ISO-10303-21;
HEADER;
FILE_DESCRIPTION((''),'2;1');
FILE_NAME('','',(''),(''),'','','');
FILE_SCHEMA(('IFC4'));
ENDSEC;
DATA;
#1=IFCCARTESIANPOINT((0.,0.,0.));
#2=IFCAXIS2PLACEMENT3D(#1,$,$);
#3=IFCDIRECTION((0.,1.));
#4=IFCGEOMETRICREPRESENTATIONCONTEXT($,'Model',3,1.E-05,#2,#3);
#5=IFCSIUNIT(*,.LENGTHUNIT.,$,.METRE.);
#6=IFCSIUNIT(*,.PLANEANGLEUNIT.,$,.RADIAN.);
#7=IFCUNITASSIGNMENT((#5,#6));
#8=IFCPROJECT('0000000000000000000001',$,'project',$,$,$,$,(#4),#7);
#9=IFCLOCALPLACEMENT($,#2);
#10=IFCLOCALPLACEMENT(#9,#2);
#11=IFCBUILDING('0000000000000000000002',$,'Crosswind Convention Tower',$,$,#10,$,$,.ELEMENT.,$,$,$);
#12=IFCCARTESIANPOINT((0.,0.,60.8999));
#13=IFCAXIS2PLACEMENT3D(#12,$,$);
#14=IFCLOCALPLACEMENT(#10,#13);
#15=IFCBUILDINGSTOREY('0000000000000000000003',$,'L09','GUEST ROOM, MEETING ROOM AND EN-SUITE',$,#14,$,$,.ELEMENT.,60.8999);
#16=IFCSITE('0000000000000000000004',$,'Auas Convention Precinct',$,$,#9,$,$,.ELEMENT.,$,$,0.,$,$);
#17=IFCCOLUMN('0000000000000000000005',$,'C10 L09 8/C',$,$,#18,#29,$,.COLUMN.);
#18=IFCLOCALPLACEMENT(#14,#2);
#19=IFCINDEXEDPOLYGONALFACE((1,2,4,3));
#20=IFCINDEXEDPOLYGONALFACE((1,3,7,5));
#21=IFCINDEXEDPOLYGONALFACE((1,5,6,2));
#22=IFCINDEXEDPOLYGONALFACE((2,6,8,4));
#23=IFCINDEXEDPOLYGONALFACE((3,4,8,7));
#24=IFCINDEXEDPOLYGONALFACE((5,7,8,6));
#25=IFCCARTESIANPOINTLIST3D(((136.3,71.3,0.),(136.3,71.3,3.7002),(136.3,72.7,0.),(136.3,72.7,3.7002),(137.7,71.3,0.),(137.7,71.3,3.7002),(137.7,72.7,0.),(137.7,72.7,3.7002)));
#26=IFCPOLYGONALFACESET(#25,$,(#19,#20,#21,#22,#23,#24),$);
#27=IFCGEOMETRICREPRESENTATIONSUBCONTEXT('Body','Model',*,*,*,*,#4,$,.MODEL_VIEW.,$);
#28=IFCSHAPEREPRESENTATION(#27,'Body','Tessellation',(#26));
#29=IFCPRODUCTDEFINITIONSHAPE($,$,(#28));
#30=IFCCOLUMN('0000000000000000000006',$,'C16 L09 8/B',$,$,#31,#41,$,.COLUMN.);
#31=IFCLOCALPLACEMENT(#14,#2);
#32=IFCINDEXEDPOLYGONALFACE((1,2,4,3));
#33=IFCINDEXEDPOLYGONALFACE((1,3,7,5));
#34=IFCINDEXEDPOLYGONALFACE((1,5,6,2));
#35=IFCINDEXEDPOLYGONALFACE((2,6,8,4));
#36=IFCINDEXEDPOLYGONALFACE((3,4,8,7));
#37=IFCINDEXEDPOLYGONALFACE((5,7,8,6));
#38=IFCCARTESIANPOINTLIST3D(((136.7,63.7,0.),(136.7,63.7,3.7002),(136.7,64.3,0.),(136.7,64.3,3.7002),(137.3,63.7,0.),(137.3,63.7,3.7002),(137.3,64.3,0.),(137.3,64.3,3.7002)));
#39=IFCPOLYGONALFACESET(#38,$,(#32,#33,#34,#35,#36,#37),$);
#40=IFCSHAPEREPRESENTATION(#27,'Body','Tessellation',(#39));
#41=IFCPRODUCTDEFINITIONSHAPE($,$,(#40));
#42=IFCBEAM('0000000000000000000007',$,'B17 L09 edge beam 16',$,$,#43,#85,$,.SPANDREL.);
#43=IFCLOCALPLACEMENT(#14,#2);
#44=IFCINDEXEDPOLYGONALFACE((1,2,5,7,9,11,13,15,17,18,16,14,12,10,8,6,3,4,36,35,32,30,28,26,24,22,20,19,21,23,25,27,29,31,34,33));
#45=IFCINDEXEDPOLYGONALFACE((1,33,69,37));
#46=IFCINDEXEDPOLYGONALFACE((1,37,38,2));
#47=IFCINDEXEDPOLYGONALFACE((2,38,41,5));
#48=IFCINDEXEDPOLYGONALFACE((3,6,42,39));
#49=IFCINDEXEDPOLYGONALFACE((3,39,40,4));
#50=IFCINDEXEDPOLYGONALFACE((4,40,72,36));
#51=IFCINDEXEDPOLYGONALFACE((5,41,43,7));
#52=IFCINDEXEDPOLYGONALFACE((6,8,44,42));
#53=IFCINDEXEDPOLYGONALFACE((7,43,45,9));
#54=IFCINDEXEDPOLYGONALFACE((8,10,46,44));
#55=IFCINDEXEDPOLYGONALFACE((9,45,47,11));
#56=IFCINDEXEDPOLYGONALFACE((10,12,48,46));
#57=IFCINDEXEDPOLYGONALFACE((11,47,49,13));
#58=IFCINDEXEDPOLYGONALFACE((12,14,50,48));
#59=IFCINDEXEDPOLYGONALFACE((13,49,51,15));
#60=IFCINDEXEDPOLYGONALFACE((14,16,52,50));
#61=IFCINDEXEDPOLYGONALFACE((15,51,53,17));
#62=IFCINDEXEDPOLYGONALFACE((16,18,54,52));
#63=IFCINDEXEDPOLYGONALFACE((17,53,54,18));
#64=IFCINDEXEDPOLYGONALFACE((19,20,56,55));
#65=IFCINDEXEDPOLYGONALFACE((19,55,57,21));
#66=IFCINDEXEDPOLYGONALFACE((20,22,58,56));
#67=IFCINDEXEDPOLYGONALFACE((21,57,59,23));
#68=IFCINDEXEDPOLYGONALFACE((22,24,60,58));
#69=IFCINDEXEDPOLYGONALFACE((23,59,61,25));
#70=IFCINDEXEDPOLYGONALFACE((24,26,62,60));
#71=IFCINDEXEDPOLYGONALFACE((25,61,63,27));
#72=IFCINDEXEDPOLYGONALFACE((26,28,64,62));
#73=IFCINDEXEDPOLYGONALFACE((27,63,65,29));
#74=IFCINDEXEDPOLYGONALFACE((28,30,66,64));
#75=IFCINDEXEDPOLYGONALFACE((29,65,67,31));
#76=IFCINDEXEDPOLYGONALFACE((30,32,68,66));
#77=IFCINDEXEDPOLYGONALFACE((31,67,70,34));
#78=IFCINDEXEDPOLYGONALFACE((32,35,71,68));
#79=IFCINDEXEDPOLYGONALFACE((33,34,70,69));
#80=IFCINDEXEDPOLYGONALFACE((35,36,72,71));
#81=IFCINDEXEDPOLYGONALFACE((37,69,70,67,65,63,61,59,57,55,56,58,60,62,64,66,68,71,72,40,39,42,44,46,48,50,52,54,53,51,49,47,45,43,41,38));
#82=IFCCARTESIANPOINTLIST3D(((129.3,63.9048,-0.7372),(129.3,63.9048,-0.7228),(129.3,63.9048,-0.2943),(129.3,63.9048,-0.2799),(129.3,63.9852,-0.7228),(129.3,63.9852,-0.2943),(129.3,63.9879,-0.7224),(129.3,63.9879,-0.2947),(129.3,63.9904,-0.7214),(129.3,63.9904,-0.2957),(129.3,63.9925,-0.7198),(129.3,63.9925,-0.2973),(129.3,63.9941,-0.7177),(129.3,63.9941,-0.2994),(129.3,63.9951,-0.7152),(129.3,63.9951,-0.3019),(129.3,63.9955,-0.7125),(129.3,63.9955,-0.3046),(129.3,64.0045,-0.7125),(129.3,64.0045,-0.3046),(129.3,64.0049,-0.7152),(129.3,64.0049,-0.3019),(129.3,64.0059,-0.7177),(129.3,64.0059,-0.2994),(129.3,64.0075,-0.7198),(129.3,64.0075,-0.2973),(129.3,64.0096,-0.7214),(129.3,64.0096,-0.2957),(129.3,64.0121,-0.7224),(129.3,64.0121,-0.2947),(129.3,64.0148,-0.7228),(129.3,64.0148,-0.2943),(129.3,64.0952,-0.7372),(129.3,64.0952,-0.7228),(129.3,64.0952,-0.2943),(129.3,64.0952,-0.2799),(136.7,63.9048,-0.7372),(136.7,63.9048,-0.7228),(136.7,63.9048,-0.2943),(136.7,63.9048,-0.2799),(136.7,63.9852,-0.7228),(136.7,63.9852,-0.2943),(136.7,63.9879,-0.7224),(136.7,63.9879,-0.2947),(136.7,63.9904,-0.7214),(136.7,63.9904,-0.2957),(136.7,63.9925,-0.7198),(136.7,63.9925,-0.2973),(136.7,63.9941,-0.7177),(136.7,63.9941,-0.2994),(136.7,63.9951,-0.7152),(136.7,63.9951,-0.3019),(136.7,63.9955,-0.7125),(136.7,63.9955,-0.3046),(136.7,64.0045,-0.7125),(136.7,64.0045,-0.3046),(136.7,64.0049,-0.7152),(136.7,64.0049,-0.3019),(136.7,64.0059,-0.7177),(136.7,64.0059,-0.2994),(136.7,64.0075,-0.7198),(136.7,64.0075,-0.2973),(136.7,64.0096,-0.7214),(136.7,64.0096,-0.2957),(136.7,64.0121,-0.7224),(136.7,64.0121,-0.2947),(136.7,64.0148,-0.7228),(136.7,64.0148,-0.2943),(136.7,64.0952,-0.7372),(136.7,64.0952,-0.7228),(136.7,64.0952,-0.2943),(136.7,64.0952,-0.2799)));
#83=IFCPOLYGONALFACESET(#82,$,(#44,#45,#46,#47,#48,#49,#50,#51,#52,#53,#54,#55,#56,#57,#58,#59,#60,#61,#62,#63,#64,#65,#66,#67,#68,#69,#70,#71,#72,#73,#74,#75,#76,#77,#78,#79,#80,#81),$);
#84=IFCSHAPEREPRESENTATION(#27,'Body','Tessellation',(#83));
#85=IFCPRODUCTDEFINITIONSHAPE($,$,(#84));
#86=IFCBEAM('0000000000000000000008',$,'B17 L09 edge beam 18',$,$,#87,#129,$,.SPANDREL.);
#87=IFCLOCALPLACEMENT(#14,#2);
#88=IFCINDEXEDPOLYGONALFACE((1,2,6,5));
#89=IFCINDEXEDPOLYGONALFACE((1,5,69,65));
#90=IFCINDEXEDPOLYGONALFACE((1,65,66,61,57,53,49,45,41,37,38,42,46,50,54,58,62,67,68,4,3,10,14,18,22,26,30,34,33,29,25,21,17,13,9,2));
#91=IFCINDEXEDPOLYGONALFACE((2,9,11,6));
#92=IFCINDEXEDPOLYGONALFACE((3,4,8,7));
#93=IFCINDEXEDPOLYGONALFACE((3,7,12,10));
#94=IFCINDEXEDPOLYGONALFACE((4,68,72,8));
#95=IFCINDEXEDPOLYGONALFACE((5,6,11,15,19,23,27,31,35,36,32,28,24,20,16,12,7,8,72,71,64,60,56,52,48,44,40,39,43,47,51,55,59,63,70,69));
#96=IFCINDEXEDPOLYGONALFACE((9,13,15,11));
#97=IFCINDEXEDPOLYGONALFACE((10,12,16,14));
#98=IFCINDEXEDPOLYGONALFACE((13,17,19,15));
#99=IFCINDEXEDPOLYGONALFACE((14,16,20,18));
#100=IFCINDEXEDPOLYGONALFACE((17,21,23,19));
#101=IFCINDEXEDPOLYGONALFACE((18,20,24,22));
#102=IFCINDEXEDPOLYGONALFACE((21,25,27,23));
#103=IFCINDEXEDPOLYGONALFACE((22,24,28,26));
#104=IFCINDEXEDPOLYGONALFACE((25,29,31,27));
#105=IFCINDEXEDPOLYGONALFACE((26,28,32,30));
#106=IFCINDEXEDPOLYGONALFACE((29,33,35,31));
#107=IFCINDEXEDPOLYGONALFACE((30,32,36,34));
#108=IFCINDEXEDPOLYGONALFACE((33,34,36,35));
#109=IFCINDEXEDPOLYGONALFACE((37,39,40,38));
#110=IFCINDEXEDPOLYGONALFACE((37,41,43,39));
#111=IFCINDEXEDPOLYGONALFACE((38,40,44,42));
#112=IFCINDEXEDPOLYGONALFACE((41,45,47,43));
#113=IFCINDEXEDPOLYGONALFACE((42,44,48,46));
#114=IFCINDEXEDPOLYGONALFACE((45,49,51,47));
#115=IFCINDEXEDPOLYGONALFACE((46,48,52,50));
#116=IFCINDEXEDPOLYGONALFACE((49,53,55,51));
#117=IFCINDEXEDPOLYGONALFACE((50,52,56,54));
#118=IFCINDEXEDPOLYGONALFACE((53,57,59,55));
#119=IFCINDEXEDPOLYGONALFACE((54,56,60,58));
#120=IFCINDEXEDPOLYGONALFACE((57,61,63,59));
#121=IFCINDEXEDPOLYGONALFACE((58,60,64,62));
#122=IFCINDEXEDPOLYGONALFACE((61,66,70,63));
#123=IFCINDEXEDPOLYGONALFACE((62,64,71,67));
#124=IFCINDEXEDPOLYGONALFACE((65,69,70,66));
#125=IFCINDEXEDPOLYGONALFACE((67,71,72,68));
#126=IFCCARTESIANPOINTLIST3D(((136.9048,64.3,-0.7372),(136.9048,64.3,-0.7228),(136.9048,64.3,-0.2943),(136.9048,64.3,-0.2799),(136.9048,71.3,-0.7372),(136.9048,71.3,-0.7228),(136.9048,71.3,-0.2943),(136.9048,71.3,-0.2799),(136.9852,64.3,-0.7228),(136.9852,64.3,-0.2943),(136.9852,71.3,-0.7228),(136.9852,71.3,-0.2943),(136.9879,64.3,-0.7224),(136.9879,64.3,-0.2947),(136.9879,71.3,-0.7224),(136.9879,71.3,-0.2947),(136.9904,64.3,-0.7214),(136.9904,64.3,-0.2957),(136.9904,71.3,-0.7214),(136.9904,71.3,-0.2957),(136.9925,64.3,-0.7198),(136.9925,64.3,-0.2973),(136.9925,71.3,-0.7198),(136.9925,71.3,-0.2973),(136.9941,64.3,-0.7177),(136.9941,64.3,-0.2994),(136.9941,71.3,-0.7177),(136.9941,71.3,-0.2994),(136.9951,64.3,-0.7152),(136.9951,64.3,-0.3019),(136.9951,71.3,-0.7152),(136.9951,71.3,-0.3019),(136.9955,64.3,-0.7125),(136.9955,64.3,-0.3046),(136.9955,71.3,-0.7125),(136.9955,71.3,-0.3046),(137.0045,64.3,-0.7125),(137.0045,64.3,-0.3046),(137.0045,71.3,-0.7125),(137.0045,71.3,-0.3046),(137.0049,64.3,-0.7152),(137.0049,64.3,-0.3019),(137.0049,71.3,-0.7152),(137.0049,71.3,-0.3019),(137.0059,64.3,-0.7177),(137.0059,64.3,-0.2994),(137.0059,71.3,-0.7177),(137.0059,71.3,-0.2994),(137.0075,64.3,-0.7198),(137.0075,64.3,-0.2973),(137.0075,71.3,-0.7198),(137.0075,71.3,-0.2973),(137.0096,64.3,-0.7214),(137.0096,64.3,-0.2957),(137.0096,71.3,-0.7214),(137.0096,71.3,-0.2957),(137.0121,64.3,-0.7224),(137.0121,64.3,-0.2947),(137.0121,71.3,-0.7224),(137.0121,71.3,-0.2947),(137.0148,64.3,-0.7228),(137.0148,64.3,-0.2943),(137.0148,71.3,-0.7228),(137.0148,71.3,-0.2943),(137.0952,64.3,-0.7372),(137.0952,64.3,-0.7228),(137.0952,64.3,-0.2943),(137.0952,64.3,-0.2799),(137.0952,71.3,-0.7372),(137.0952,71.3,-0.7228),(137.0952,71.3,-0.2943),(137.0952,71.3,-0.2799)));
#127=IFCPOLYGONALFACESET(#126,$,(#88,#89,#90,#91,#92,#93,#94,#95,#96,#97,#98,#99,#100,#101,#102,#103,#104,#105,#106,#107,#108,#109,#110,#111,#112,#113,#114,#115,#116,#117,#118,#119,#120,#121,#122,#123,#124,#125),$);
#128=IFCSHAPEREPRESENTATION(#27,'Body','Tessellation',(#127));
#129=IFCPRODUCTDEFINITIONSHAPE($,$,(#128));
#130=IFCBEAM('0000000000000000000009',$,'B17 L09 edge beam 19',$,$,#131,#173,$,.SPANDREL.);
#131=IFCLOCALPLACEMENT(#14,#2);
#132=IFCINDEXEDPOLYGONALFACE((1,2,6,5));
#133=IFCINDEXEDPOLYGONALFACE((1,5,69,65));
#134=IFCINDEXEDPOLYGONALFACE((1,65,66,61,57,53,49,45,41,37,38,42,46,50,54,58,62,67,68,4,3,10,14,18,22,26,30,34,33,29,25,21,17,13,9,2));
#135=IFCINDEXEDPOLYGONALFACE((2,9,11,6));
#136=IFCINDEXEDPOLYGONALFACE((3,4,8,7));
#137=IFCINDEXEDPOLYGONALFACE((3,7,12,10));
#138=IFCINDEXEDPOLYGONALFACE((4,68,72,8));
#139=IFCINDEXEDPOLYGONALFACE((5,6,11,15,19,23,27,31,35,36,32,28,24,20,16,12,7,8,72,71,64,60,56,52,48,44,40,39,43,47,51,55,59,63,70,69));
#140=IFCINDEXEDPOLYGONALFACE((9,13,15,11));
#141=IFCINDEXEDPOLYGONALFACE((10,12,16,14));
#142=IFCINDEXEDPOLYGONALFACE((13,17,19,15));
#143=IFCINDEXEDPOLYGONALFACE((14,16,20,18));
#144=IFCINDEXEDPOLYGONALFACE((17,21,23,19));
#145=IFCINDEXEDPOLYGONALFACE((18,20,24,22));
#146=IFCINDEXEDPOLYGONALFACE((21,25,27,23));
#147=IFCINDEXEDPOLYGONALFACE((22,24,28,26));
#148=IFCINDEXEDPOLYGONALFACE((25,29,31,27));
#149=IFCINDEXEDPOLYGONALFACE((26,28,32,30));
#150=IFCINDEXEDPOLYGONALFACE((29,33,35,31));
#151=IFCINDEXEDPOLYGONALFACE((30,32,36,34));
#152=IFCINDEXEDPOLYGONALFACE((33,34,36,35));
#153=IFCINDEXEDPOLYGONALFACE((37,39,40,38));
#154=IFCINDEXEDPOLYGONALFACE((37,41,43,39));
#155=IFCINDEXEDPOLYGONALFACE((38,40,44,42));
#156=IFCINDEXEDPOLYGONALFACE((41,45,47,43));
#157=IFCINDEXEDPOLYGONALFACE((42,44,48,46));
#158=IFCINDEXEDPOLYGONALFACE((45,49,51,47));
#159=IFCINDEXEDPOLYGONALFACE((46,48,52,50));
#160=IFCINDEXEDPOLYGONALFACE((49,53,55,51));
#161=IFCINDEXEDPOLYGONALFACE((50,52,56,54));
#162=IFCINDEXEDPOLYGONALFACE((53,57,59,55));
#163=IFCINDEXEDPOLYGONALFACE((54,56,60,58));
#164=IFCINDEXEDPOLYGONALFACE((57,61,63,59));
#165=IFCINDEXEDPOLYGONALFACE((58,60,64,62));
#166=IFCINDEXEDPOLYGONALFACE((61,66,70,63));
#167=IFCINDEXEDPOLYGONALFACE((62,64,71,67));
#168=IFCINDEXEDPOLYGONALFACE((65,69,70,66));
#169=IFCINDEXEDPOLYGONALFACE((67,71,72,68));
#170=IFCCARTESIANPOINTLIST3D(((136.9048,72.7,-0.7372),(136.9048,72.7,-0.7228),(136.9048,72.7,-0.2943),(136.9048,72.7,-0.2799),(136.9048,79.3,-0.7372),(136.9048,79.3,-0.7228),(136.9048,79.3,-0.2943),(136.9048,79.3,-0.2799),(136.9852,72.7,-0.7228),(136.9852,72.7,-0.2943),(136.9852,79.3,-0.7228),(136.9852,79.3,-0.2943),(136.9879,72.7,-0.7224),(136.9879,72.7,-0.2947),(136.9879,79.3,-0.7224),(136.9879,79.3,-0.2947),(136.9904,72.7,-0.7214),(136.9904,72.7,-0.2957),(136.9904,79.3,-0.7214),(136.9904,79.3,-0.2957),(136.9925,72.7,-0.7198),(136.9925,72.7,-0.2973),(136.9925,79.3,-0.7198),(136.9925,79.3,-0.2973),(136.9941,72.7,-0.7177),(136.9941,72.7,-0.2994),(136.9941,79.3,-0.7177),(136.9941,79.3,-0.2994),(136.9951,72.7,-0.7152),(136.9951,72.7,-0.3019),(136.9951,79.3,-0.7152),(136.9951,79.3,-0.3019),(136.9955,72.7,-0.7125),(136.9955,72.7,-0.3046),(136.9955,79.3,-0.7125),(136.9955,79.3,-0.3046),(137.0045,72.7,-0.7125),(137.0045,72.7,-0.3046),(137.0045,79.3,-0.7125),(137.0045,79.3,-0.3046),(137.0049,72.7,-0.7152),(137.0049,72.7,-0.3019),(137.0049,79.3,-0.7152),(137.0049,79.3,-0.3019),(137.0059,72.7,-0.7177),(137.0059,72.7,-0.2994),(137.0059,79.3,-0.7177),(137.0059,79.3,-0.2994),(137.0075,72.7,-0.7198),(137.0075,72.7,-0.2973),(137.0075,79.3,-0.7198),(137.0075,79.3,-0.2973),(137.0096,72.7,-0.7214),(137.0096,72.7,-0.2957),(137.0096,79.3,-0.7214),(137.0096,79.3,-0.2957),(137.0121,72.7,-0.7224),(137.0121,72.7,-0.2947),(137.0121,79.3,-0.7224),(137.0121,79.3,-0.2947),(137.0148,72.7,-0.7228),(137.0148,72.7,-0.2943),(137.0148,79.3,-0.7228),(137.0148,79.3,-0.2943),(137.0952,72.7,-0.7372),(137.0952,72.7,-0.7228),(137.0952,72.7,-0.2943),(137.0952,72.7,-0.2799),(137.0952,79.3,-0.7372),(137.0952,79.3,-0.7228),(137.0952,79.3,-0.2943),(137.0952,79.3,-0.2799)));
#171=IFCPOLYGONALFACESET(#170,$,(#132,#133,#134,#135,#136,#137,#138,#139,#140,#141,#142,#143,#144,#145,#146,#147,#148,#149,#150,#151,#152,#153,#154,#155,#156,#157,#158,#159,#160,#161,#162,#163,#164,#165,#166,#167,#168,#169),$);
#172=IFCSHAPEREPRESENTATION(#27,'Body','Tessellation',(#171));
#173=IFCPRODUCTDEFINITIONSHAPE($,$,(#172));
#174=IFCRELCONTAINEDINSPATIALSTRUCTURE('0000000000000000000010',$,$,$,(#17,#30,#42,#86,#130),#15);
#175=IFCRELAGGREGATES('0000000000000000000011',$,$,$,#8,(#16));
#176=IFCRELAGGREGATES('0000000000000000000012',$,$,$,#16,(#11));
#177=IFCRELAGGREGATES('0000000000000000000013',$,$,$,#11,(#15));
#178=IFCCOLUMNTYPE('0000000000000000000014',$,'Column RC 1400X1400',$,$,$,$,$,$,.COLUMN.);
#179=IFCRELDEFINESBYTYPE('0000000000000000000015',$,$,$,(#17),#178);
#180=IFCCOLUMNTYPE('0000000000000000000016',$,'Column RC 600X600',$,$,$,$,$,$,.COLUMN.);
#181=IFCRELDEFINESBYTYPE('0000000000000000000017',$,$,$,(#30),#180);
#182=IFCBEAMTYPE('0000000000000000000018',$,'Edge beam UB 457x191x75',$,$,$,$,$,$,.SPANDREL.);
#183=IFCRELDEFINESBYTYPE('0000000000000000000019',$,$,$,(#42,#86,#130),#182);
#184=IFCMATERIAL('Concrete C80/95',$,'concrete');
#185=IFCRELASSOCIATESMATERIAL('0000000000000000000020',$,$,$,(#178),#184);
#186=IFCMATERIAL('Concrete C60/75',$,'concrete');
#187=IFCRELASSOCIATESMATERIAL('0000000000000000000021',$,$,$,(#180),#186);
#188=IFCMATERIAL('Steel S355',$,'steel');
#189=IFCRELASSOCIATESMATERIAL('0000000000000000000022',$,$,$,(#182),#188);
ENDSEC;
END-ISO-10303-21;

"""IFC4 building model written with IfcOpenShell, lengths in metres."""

from ifc_helpers import new_model, si_unit, direction, frame, origin, origin_2d, place, context, subcontext, project, spatial, rectangle, i_section, extrude, material, material_profile, profile_set, type_object, element, save


model = new_model("IFC4")

# Units and contexts
model_context = context("Model", 3, precision=1e-05, world=origin(), true_north=direction((0.0, 1.0)))
body_context = subcontext(model_context, "Body", "Model", "MODEL_VIEW")
ifc_project = project(units=[si_unit("LENGTHUNIT", "METRE"), si_unit("PLANEANGLEUNIT", "RADIAN")], contexts=[model_context])

# Site, building, storey
site_placement = place(None, origin())
site = spatial("IfcSite", under=ifc_project, at=site_placement, Name="Auas Convention Precinct", CompositionType="ELEMENT", RefElevation=0.0)
building_placement = place(site_placement, origin())
building = spatial("IfcBuilding", under=site, at=building_placement, Name="Crosswind Convention Tower", CompositionType="ELEMENT")
storey_placement = place(building_placement, frame((0.0, 0.0, 60.8999)))
storey = spatial("IfcBuildingStorey", under=building, at=storey_placement, Name="L09", Description="GUEST ROOM, MEETING ROOM AND EN-SUITE", CompositionType="ELEMENT", Elevation=60.8999)

# Columns
ifc_material_1 = material(Name="Concrete C80/95", Category="concrete")
ifc_material_profile_1 = material_profile(ifc_material_1, rectangle(XDim=1.3999, YDim=1.3999, at=origin_2d()), Name="RC 1400X1400")
ifc_profile_set_1 = profile_set([ifc_material_profile_1], Name="Concrete C80/95")
column_type_1 = type_object("IfcColumnType", Name="Column RC 1400X1400", PredefinedType="COLUMN", material=ifc_profile_set_1)
column_1_placement = place(storey_placement, frame((137.0, 72.0, 0.0), z_axis=(0.0, 0.0, 1.0), x_axis=(1.0, 0.0, 0.0)))
element("IfcColumn", 1, at=column_1_placement, inside=storey, type_object=column_type_1, Name="C10 L09 8/C", PredefinedType="COLUMN", context=body_context, shape_type="SweptSolid", body=[
    extrude(rectangle(XDim=1.3999, YDim=1.3999, at=origin_2d()), origin(), (0.0, 0.0, 1.0), 3.7002),
])
ifc_material_2 = material(Name="Concrete C60/75", Category="concrete")
ifc_material_profile_2 = material_profile(ifc_material_2, rectangle(XDim=0.6001, YDim=0.6001, at=origin_2d()), Name="RC 600X600")
ifc_profile_set_2 = profile_set([ifc_material_profile_2], Name="Concrete C60/75")
column_type_2 = type_object("IfcColumnType", Name="Column RC 600X600", PredefinedType="COLUMN", material=ifc_profile_set_2)
column_2_placement = place(storey_placement, frame((137.0, 64.0, 0.0), z_axis=(0.0, 0.0, 1.0), x_axis=(1.0, 0.0, 0.0)))
element("IfcColumn", 2, at=column_2_placement, inside=storey, type_object=column_type_2, Name="C16 L09 8/B", PredefinedType="COLUMN", context=body_context, shape_type="SweptSolid", body=[
    extrude(rectangle(XDim=0.6001, YDim=0.6001, at=origin_2d()), origin(), (0.0, 0.0, 1.0), 3.7002),
])

# Beams
ifc_material_3 = material(Name="Steel S355", Category="steel")
ifc_material_profile_3 = material_profile(ifc_material_3, i_section(OverallWidth=0.1904, OverallDepth=0.4573, WebThickness=0.009, FlangeThickness=0.0144, FilletRadius=0.0103, at=origin_2d()), Name="UB 457x191x75")
ifc_profile_set_3 = profile_set([ifc_material_profile_3], Name="Steel S355")
beam_type_1 = type_object("IfcBeamType", Name="Edge beam UB 457x191x75", PredefinedType="SPANDREL", material=ifc_profile_set_3)
beam_1_placement = place(storey_placement, frame((129.3, 64.0, -0.5085), z_axis=(1.0, 0.0, 0.0), x_axis=(0.0, 1.0, 0.0)))
element("IfcBeam", 3, at=beam_1_placement, inside=storey, type_object=beam_type_1, Name="B17 L09 edge beam 16", PredefinedType="SPANDREL", context=body_context, shape_type="SweptSolid", body=[
    extrude(i_section(OverallWidth=0.1904, OverallDepth=0.4573, WebThickness=0.009, FlangeThickness=0.0144, FilletRadius=0.0103, at=origin_2d()), origin(), (0.0, 0.0, 1.0), 7.3999),
])
beam_2_placement = place(storey_placement, frame((137.0, 64.3, -0.5085), z_axis=(0.0, 1.0, 0.0), x_axis=(-1.0, 0.0, 0.0)))
element("IfcBeam", 4, at=beam_2_placement, inside=storey, type_object=beam_type_1, Name="B17 L09 edge beam 18", PredefinedType="SPANDREL", context=body_context, shape_type="SweptSolid", body=[
    extrude(i_section(OverallWidth=0.1904, OverallDepth=0.4573, WebThickness=0.009, FlangeThickness=0.0144, FilletRadius=0.0103, at=origin_2d()), origin(), (0.0, 0.0, 1.0), 7.0),
])
beam_3_placement = place(storey_placement, frame((137.0, 72.7, -0.5085), z_axis=(0.0, 1.0, 0.0), x_axis=(-1.0, 0.0, 0.0)))
element("IfcBeam", 5, at=beam_3_placement, inside=storey, type_object=beam_type_1, Name="B17 L09 edge beam 19", PredefinedType="SPANDREL", context=body_context, shape_type="SweptSolid", body=[
    extrude(i_section(OverallWidth=0.1904, OverallDepth=0.4573, WebThickness=0.009, FlangeThickness=0.0144, FilletRadius=0.0103, at=origin_2d()), origin(), (0.0, 0.0, 1.0), 6.6001),
])

save(model, "model.ifc")
